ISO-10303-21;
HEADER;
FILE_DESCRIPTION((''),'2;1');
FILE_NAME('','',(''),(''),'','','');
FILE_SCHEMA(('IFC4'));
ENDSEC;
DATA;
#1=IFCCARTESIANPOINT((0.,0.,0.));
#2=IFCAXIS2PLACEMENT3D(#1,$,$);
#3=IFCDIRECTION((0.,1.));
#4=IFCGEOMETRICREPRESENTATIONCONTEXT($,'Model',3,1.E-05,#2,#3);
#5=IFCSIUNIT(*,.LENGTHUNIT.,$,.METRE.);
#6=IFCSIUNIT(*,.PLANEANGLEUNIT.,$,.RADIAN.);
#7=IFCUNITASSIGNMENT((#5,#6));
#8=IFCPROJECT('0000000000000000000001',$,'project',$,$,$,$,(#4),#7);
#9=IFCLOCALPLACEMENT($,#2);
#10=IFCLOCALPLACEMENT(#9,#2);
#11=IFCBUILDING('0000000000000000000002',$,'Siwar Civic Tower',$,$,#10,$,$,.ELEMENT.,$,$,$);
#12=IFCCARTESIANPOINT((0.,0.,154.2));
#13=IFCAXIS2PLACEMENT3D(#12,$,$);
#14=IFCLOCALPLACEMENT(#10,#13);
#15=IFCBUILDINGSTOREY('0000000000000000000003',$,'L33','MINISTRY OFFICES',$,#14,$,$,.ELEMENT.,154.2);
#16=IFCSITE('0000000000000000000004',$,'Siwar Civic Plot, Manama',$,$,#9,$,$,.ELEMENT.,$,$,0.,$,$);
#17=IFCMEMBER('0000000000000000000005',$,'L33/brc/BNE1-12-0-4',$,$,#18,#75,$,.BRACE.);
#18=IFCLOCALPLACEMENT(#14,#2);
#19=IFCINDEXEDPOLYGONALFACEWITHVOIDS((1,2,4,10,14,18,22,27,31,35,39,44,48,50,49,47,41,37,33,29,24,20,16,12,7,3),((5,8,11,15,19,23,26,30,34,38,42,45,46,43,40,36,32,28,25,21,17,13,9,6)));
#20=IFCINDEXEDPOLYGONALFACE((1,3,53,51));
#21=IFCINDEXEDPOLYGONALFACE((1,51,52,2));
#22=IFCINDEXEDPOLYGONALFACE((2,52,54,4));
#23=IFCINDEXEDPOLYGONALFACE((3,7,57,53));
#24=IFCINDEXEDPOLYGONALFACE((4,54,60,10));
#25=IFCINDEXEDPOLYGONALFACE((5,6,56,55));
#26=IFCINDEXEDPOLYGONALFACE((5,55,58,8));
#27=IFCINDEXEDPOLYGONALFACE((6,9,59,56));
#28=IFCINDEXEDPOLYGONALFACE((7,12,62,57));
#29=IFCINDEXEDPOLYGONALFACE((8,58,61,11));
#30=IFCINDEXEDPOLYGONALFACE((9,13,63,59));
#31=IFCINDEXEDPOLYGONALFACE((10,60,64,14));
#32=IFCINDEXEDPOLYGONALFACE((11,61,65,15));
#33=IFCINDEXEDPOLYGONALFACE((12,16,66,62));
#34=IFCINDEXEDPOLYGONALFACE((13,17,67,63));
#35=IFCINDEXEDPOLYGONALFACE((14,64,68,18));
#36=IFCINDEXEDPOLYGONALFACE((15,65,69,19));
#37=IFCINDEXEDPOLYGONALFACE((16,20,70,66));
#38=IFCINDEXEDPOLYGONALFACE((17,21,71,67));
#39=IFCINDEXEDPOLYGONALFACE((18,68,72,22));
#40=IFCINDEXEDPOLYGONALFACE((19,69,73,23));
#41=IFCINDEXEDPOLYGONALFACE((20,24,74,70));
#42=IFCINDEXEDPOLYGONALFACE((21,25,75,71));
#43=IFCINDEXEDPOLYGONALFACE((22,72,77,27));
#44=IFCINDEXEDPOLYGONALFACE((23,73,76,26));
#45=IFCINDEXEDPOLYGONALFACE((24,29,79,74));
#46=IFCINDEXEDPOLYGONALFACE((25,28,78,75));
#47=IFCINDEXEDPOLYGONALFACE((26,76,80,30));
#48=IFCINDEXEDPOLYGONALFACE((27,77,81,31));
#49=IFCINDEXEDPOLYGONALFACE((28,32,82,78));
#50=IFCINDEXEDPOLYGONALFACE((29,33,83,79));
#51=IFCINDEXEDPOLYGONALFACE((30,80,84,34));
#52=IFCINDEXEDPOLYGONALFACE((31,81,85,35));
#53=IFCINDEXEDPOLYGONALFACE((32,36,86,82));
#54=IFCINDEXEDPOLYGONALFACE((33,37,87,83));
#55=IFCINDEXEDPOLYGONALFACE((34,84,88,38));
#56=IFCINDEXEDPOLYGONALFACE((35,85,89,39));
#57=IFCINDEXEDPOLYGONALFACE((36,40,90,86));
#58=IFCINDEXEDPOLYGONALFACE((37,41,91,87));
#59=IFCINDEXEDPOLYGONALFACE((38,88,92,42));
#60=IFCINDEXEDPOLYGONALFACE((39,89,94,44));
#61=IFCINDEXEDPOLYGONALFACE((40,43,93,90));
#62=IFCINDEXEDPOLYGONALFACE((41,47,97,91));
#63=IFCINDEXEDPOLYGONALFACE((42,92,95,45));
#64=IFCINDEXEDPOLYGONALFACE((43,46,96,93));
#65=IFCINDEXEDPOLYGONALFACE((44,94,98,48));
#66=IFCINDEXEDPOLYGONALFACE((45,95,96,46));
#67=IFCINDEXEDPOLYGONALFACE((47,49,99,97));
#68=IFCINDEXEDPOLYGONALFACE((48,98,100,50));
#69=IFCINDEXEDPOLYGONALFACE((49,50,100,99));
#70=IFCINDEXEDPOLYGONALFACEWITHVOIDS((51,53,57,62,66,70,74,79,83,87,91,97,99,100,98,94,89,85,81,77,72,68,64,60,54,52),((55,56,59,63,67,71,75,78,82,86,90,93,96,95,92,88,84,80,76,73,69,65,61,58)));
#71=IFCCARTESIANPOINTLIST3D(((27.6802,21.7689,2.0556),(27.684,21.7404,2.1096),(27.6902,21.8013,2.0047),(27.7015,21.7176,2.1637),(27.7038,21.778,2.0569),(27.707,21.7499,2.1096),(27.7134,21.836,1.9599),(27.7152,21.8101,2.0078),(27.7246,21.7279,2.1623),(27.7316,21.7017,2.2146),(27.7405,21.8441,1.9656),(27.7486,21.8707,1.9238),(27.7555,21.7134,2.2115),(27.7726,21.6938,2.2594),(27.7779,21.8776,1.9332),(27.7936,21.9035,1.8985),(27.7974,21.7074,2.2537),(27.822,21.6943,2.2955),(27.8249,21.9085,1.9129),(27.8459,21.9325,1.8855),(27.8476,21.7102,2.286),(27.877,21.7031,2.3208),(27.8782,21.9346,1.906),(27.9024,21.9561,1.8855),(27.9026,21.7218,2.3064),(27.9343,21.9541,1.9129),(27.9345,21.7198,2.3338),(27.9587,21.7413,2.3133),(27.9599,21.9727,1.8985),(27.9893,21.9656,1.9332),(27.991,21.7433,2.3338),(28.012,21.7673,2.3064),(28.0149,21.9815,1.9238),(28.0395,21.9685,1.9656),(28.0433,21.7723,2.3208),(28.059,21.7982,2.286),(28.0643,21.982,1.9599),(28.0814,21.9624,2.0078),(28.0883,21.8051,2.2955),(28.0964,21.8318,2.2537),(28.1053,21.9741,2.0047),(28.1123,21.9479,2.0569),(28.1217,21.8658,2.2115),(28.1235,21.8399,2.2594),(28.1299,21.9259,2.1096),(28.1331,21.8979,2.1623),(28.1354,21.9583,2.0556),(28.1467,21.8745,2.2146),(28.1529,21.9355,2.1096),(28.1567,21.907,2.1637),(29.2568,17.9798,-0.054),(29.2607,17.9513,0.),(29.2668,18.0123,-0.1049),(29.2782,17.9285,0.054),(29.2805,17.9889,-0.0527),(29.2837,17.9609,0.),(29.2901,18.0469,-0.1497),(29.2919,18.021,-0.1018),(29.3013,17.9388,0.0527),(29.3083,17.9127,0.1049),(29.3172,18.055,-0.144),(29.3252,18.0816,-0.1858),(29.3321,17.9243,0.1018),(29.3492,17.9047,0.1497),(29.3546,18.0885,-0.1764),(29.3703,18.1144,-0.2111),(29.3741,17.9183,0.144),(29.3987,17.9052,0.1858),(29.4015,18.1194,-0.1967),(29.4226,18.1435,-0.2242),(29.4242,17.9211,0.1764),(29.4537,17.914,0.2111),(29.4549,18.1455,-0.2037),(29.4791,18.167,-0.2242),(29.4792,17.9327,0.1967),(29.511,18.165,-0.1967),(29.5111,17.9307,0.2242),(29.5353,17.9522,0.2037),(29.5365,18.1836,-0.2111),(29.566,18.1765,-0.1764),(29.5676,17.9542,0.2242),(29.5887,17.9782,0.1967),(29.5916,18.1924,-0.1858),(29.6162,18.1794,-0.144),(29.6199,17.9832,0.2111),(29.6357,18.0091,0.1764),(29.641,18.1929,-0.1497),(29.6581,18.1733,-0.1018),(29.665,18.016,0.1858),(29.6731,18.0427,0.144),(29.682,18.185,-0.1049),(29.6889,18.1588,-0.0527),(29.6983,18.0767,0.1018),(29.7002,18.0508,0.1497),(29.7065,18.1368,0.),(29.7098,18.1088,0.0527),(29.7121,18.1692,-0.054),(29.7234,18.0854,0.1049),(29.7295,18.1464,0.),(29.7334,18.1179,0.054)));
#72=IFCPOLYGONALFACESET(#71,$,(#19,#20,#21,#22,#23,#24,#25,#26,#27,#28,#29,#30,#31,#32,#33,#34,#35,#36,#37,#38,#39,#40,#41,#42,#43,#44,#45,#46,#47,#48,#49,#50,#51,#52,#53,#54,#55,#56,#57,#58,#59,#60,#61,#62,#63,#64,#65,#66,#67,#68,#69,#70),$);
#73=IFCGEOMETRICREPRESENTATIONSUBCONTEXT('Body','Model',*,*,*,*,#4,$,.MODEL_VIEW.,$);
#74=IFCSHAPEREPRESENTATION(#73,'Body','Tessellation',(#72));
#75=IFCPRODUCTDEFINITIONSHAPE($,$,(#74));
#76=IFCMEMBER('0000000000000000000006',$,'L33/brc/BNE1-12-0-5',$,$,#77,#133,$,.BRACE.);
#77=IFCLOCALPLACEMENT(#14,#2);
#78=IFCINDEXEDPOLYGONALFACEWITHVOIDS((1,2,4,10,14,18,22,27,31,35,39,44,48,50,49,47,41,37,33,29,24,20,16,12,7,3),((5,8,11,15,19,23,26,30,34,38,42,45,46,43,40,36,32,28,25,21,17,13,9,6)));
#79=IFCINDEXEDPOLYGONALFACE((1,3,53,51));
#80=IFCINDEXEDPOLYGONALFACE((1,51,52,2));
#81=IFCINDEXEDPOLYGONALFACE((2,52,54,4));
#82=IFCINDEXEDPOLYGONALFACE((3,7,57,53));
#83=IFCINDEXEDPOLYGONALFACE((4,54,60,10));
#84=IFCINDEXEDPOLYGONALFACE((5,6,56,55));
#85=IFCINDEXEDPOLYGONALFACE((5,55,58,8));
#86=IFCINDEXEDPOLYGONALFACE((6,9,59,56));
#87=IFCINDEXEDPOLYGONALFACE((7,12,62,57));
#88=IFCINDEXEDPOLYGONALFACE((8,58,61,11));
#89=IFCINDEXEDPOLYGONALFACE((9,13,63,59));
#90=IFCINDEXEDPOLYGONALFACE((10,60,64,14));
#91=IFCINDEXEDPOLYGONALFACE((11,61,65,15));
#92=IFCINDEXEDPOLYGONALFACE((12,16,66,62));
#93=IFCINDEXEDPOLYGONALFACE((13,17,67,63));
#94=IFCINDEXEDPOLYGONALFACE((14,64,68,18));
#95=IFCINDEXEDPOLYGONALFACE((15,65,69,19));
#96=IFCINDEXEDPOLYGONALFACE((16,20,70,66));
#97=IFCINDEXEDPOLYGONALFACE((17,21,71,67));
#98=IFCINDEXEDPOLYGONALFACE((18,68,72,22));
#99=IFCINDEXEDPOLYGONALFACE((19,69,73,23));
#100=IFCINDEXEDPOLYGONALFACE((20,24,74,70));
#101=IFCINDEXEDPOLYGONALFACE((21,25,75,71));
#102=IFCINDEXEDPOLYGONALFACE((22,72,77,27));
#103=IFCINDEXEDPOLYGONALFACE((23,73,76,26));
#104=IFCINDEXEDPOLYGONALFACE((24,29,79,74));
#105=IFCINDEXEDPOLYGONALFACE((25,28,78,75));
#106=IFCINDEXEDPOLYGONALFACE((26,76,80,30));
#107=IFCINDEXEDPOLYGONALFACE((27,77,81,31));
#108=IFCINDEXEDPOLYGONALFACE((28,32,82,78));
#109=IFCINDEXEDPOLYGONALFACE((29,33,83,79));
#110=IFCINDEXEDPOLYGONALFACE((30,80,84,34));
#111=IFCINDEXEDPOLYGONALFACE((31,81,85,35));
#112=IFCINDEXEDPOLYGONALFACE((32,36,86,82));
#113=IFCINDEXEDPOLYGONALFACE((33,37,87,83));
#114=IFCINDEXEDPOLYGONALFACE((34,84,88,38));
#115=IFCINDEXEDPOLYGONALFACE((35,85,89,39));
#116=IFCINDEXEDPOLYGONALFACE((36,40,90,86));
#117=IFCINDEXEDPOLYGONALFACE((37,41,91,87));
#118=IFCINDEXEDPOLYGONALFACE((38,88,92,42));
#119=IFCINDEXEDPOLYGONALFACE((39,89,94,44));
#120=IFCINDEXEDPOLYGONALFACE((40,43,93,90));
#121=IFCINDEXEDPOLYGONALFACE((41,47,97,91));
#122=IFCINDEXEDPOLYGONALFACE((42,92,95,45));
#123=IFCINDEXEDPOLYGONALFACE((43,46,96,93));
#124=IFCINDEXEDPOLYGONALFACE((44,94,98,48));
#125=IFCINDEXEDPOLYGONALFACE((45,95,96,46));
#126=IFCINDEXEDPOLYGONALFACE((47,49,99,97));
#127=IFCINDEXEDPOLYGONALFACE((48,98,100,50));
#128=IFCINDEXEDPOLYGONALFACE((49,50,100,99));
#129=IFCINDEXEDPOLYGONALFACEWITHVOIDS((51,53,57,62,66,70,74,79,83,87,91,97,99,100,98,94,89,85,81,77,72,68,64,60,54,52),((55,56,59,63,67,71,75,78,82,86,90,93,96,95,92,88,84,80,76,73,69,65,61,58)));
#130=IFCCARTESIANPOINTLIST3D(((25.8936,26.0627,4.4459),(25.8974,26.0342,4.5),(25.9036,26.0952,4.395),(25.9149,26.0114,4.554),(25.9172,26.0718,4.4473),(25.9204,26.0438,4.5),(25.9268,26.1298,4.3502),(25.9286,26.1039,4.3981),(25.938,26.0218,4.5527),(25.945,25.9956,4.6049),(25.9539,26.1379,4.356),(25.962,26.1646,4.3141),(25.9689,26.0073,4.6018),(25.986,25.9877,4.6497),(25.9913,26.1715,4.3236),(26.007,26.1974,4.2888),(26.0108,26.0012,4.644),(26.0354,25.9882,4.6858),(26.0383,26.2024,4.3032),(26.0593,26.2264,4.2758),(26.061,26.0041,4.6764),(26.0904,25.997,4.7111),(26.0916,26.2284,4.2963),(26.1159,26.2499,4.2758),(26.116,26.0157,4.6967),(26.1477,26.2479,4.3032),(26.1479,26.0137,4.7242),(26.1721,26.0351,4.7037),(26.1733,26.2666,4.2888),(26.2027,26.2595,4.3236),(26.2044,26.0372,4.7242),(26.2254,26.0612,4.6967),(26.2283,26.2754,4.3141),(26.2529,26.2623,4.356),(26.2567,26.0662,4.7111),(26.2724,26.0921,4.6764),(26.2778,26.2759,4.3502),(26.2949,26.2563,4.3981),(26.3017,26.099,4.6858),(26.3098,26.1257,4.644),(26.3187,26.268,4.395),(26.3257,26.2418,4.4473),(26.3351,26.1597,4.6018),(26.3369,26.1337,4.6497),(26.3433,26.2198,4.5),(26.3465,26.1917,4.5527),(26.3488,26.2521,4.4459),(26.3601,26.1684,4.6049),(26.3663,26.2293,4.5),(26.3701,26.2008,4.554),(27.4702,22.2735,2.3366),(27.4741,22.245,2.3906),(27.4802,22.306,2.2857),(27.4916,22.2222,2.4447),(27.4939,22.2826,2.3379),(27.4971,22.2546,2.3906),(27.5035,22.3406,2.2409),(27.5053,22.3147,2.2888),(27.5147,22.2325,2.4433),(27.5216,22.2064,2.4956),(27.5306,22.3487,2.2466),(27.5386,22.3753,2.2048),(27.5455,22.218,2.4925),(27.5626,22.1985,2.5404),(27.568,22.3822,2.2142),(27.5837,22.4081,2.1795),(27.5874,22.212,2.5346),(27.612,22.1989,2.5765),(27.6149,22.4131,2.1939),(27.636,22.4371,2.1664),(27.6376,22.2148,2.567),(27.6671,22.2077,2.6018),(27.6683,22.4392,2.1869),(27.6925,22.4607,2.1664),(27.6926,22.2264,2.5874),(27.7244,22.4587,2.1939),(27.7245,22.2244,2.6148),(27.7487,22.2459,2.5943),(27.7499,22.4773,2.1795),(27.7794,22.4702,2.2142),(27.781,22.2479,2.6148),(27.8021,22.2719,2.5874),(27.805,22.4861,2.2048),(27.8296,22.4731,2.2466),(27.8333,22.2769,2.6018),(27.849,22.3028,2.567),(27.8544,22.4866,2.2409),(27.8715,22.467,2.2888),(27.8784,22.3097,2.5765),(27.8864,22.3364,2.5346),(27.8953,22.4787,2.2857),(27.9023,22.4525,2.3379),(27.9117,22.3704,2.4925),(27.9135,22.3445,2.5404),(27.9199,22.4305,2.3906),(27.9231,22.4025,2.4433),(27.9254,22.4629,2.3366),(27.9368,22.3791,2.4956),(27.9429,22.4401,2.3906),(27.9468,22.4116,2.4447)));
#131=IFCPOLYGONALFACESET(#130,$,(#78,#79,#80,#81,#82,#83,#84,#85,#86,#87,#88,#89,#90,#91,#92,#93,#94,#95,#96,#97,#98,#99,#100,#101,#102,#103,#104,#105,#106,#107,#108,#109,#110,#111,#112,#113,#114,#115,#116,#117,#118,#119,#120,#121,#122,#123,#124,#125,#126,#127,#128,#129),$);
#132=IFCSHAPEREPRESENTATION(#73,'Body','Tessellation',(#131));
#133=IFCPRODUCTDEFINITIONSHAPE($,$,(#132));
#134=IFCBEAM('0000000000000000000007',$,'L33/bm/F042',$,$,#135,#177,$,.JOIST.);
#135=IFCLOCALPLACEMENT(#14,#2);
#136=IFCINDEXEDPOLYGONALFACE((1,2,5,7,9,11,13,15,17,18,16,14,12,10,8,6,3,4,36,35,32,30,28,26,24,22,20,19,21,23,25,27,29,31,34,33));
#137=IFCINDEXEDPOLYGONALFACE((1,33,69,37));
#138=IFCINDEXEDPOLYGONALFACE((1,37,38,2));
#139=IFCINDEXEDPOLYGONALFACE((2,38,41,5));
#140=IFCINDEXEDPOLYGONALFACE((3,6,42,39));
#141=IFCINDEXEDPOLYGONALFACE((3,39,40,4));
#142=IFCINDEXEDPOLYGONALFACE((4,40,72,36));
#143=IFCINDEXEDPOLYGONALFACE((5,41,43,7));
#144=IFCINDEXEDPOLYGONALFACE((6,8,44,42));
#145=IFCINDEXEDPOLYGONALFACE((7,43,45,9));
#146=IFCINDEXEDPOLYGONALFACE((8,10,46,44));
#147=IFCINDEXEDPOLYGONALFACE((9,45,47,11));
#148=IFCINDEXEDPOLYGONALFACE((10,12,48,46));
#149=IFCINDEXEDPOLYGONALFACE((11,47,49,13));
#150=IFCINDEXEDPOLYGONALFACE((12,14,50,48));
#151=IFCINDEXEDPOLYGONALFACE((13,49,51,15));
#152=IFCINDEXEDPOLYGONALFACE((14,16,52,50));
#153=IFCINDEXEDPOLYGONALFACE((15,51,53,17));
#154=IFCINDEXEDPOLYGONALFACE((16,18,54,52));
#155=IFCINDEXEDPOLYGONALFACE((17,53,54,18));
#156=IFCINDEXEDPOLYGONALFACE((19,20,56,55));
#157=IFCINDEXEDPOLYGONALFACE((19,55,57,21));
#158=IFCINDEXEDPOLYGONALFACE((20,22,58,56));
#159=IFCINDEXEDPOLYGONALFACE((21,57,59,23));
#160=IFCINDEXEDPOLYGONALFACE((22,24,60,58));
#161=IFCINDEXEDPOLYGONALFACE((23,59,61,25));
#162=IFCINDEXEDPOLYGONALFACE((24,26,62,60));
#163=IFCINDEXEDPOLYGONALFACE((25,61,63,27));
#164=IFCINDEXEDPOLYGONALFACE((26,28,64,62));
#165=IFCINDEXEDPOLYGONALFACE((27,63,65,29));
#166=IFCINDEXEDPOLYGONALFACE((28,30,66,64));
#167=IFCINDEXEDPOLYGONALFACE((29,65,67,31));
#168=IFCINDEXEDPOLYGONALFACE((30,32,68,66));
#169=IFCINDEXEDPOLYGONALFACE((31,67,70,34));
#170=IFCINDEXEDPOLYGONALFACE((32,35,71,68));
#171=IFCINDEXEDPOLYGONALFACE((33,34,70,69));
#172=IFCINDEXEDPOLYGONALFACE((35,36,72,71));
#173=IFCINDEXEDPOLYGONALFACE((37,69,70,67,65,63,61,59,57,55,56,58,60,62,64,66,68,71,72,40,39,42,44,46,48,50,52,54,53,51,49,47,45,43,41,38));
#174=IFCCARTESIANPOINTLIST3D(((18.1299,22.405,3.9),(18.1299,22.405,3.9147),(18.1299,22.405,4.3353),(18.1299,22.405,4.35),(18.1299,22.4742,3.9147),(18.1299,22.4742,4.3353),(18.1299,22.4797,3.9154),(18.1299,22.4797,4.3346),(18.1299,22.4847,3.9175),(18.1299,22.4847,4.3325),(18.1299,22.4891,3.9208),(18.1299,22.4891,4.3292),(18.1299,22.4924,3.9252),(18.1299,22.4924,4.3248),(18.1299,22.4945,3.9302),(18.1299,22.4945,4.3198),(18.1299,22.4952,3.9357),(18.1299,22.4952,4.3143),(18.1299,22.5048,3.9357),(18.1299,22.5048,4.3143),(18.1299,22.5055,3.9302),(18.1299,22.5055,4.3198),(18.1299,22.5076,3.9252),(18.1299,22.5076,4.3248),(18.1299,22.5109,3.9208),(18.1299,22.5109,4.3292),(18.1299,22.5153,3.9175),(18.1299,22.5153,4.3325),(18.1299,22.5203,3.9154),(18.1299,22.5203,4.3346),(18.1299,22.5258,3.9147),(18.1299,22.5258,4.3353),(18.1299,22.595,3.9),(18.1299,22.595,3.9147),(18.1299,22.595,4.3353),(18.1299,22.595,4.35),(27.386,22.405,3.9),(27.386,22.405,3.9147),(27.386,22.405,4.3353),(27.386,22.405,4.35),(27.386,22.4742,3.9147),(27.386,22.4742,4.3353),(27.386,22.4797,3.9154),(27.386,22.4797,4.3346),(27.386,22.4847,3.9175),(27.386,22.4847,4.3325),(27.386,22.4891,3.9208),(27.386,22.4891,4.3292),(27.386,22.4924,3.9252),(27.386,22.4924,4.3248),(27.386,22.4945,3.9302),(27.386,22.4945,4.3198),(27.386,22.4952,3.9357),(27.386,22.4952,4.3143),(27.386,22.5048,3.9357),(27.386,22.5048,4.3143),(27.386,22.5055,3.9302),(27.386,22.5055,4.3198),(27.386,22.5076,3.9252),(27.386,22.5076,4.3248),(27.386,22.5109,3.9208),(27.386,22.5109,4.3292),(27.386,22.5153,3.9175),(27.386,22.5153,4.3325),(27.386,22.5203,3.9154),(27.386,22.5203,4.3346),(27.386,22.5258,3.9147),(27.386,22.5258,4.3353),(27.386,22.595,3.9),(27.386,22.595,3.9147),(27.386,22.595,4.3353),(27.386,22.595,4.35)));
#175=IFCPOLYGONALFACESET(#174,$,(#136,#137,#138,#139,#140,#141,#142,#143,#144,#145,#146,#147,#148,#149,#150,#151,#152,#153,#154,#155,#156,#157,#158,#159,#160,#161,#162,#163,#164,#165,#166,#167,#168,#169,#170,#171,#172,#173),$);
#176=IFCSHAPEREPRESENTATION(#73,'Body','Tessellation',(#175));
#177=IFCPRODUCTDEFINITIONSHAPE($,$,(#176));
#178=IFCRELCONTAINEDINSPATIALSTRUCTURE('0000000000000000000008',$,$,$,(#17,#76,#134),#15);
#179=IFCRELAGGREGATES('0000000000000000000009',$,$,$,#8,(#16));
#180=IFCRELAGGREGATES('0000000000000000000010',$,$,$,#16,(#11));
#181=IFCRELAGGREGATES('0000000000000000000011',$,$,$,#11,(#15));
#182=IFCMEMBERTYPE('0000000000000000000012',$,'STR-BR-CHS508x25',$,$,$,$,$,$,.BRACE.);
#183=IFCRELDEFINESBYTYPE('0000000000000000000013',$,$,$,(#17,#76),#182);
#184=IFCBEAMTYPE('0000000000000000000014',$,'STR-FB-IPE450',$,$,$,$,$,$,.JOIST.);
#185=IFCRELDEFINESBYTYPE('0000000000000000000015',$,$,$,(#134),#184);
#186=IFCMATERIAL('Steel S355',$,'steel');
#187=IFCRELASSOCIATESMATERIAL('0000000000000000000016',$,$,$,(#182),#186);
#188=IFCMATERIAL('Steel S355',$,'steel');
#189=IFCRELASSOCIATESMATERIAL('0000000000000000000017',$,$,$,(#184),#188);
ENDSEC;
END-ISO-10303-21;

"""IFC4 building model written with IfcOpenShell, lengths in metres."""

from ifc_helpers import new_model, si_unit, direction, frame, origin, origin_2d, place, context, subcontext, project, spatial, hollow_circle, i_section, extrude, material, material_profile, profile_set, type_object, element, save


model = new_model("IFC4")

# Units and contexts
model_context = context("Model", 3, precision=1e-05, world=origin(), true_north=direction((0.0, 1.0)))
body_context = subcontext(model_context, "Body", "Model", "MODEL_VIEW")
ifc_project = project(units=[si_unit("LENGTHUNIT", "METRE"), si_unit("PLANEANGLEUNIT", "RADIAN")], contexts=[model_context])

# Site, building, storey
site_placement = place(None, origin())
site = spatial("IfcSite", under=ifc_project, at=site_placement, Name="Siwar Civic Plot, Manama", CompositionType="ELEMENT", RefElevation=0.0)
building_placement = place(site_placement, origin())
building = spatial("IfcBuilding", under=site, at=building_placement, Name="Siwar Civic Tower", CompositionType="ELEMENT")
storey_placement = place(building_placement, frame((0.0, 0.0, 154.2)))
storey = spatial("IfcBuildingStorey", under=building, at=storey_placement, Name="L33", Description="MINISTRY OFFICES", CompositionType="ELEMENT", Elevation=154.2)

# Members
ifc_material_1 = material(Name="Steel S355", Category="steel")
ifc_material_profile_1 = material_profile(ifc_material_1, hollow_circle(Radius=0.2539, WallThickness=0.0249, at=origin_2d()), Name="CHS508x25")
ifc_profile_set_1 = profile_set([ifc_material_profile_1], Name="Steel S355")
member_type_1 = type_object("IfcMemberType", Name="STR-BR-CHS508x25", PredefinedType="BRACE", material=ifc_profile_set_1)
for number, where, z_axis, x_axis, name in (
    (1, (29.4951, 18.0488, 0.0), (-0.341677, 0.821126, 0.457175), (-0.92326, -0.384176, 0.0), "L33/brc/BNE1-12-0-4"),
    (2, (27.7085, 22.3425, 2.3906), (-0.341671, 0.821163, 0.457113), (-0.923269, -0.384155, 0.0), "L33/brc/BNE1-12-0-5"),
):
    element("IfcMember", number, at=place(storey_placement, frame(where, z_axis=z_axis, x_axis=x_axis)), inside=storey, type_object=member_type_1, Name=name, PredefinedType="BRACE", context=body_context, shape_type="SweptSolid", body=[
        extrude(hollow_circle(Radius=0.2539, WallThickness=0.0249, at=origin_2d()), origin(), (0.0, 0.0, 1.0), 4.6145),
    ])

# Beam
ifc_material_2 = material(Name="Steel S355", Category="steel")
ifc_material_profile_2 = material_profile(ifc_material_2, i_section(OverallWidth=0.1899, OverallDepth=0.45, WebThickness=0.0095, FlangeThickness=0.0146, FilletRadius=0.021, at=origin_2d()), Name="IPE450")
ifc_profile_set_2 = profile_set([ifc_material_profile_2], Name="Steel S355")
beam_type_1 = type_object("IfcBeamType", Name="STR-FB-IPE450", PredefinedType="JOIST", material=ifc_profile_set_2)
beam_1_placement = place(storey_placement, frame((18.1299, 22.5, 4.125), z_axis=(1.0, 0.0, 0.0), x_axis=(0.0, 1.0, 0.0)))
element("IfcBeam", 3, at=beam_1_placement, inside=storey, type_object=beam_type_1, Name="L33/bm/F042", PredefinedType="JOIST", context=body_context, shape_type="SweptSolid", body=[
    extrude(i_section(OverallWidth=0.1899, OverallDepth=0.45, WebThickness=0.0095, FlangeThickness=0.0146, FilletRadius=0.021, at=origin_2d()), origin(), (0.0, 0.0, 1.0), 9.2561),
])

save(model, "model.ifc")
